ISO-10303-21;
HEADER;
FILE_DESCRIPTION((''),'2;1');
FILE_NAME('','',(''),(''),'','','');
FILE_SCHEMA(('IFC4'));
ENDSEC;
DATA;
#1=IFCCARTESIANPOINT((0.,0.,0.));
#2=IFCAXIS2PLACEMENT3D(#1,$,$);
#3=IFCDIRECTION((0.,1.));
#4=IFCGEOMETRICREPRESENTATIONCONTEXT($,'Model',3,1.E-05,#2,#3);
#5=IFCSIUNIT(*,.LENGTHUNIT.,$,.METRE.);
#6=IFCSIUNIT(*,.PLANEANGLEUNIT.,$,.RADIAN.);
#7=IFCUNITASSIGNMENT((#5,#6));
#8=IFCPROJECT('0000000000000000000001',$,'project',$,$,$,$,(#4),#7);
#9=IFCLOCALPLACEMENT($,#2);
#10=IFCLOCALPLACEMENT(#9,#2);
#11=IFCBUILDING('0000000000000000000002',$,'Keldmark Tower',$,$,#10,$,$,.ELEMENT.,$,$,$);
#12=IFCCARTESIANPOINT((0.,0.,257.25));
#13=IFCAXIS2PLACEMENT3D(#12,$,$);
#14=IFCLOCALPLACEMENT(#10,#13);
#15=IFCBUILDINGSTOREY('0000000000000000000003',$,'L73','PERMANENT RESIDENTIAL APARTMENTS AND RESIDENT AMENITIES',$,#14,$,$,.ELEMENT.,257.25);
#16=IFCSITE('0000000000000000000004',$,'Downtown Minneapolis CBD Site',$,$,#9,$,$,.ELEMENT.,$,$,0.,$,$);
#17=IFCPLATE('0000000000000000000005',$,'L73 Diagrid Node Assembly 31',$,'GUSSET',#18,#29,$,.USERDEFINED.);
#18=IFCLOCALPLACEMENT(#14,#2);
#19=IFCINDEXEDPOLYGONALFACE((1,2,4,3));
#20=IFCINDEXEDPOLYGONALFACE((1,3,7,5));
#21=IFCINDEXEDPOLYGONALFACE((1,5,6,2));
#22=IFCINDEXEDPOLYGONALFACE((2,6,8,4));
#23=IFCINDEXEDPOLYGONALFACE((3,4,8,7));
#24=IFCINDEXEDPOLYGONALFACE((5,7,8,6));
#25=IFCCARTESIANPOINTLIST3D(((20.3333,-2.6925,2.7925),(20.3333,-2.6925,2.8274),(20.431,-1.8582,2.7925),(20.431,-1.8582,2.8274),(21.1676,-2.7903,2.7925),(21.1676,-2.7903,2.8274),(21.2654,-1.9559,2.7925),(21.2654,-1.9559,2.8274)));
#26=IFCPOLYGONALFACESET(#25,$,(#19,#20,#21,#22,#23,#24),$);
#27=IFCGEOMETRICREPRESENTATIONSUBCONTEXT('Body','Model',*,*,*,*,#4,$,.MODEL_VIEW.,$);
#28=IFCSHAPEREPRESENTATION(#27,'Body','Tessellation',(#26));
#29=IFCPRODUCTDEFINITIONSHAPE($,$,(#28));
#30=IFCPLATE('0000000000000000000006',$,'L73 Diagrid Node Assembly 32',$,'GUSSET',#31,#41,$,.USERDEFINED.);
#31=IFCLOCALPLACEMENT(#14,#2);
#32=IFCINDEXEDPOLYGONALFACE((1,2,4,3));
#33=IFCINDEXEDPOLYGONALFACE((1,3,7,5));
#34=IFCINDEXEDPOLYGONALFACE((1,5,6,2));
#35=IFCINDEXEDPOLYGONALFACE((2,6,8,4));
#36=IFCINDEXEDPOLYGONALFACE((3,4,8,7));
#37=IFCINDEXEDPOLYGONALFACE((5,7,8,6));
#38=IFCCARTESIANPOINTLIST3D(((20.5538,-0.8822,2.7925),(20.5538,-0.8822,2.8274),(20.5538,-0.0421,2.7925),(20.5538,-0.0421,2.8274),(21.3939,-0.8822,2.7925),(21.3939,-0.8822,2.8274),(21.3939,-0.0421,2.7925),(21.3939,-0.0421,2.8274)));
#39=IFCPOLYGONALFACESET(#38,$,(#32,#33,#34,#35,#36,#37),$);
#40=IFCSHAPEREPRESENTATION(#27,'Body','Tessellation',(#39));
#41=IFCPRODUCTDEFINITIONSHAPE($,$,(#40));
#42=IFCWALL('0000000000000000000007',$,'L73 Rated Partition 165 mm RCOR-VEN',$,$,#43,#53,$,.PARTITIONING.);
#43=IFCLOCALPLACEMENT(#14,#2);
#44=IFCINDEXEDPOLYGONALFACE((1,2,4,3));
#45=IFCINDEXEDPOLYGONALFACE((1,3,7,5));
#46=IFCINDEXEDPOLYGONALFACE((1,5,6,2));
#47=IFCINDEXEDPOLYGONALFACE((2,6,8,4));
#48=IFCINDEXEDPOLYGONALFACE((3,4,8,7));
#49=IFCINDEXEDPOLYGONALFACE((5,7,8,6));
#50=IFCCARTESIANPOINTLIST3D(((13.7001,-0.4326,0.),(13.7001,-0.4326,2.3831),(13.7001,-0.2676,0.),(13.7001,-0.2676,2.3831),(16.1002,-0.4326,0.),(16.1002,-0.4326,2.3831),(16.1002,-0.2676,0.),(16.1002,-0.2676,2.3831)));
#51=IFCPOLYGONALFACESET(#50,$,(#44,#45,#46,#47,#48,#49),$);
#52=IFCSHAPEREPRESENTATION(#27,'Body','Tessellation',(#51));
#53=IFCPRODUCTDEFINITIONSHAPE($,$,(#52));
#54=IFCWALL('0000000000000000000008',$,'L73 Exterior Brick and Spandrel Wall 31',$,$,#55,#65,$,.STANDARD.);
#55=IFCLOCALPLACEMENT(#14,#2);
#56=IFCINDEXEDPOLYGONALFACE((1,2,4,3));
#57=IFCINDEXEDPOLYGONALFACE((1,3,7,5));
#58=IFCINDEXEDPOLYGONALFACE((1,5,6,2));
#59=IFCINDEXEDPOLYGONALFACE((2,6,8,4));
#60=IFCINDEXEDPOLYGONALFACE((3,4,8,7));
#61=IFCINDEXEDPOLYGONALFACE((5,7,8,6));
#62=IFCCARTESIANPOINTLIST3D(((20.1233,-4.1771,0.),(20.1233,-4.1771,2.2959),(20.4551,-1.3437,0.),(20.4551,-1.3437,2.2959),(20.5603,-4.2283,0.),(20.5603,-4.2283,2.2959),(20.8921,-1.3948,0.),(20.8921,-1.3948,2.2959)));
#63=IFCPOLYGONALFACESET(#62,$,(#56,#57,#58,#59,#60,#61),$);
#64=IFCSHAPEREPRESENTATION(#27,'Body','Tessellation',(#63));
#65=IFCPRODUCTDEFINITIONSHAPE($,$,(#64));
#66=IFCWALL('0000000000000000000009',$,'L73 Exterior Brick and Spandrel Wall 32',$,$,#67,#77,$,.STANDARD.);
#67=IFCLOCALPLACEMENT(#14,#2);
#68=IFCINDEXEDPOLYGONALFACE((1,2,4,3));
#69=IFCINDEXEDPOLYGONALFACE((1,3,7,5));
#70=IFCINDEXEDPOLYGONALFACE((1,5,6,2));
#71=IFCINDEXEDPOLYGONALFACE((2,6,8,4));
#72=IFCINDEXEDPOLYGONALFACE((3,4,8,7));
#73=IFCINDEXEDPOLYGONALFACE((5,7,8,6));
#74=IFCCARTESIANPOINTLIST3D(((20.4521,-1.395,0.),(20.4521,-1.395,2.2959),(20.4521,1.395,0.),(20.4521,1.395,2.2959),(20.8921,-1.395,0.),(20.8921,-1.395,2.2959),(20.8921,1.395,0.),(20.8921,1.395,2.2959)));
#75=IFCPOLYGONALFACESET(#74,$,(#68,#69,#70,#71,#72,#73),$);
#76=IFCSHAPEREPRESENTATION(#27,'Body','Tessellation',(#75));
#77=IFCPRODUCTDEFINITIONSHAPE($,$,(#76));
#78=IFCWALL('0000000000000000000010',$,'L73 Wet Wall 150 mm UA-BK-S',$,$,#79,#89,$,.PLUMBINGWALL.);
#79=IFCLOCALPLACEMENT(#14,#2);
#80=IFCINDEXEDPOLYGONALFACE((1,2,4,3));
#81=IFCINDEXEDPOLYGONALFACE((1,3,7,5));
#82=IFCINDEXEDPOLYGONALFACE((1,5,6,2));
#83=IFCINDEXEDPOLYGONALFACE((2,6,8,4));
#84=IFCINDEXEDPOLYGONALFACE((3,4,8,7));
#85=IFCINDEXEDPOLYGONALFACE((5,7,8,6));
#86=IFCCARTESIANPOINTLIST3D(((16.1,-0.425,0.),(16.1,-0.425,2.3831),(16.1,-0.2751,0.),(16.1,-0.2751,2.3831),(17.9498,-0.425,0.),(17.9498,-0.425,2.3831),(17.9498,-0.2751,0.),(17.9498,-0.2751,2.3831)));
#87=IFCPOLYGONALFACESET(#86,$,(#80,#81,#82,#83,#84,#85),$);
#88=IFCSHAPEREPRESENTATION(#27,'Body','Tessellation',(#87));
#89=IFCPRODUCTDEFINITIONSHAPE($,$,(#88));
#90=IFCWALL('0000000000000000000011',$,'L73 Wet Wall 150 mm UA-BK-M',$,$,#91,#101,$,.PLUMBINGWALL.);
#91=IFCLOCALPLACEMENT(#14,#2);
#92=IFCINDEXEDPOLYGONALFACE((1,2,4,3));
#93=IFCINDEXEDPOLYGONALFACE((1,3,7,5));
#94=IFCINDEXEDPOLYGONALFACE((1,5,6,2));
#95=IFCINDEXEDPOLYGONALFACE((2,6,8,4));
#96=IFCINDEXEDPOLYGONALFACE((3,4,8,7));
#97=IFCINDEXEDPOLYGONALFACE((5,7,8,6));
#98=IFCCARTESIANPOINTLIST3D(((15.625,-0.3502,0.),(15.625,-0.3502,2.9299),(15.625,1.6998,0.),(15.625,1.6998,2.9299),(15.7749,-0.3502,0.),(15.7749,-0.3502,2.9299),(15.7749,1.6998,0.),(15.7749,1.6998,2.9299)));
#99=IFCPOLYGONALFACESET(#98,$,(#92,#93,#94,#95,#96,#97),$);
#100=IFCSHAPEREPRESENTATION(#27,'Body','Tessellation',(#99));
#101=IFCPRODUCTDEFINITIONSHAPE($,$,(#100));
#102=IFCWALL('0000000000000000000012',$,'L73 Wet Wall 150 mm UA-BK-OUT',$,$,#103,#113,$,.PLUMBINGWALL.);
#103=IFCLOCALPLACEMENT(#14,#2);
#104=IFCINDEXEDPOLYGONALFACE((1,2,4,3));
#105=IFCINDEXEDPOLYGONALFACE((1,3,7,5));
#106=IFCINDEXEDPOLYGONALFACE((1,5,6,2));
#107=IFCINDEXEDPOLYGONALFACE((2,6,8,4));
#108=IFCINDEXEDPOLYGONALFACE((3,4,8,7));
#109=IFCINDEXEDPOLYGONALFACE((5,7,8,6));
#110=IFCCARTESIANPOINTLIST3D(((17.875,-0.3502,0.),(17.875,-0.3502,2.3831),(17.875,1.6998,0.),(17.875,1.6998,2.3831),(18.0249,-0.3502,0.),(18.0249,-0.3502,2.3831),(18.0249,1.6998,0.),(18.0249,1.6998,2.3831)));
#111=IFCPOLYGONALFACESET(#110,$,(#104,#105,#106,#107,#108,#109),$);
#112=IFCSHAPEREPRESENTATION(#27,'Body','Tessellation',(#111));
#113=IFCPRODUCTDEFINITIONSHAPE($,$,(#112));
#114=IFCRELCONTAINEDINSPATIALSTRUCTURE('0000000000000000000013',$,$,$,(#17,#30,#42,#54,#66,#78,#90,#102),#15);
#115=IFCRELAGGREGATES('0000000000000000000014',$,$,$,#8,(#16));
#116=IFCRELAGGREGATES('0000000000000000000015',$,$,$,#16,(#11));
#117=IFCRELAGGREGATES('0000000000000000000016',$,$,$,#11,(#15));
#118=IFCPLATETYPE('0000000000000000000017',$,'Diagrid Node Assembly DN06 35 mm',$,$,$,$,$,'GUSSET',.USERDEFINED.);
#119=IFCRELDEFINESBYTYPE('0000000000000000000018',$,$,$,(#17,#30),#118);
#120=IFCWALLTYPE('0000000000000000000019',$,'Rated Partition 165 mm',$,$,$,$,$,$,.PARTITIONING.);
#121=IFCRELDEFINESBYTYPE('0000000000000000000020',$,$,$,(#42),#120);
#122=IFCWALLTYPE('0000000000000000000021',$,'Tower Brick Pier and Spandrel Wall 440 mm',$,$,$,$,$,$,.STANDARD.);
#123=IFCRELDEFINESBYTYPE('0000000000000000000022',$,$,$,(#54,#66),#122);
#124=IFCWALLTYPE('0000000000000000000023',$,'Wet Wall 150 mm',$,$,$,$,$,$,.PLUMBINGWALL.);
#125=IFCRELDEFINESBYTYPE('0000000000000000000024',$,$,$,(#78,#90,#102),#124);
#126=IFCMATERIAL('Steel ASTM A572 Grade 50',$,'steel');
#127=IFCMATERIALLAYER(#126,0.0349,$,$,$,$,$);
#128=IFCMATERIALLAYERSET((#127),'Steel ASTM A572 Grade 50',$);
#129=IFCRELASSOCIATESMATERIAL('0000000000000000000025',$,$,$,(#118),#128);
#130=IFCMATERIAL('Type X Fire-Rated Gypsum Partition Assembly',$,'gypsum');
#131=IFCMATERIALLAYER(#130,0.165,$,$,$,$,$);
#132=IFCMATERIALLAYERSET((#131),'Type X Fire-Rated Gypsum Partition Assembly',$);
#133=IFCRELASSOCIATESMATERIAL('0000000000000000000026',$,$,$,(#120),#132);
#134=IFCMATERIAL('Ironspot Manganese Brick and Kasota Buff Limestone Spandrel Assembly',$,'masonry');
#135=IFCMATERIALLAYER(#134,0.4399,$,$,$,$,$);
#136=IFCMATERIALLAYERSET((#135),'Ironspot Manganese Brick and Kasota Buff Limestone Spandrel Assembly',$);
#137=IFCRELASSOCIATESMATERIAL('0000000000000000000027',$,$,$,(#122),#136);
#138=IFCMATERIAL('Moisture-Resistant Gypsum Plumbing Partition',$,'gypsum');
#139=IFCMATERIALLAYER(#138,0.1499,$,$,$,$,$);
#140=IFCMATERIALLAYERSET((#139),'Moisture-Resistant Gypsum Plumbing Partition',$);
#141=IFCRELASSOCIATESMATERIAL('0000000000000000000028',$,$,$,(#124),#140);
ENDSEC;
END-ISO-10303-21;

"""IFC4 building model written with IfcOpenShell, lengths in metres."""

from ifc_helpers import new_model, si_unit, direction, frame, frame_2d, origin, origin_2d, place, context, subcontext, project, spatial, rectangle, extrude, material, layer, layer_set, type_object, element, save


model = new_model("IFC4")

# Units and contexts
model_context = context("Model", 3, precision=1e-05, world=origin(), true_north=direction((0.0, 1.0)))
body_context = subcontext(model_context, "Body", "Model", "MODEL_VIEW")
ifc_project = project(units=[si_unit("LENGTHUNIT", "METRE"), si_unit("PLANEANGLEUNIT", "RADIAN")], contexts=[model_context])

# Site, building, storey
site_placement = place(None, origin())
site = spatial("IfcSite", under=ifc_project, at=site_placement, Name="Downtown Minneapolis CBD Site", CompositionType="ELEMENT", RefElevation=0.0)
building_placement = place(site_placement, origin())
building = spatial("IfcBuilding", under=site, at=building_placement, Name="Keldmark Tower", CompositionType="ELEMENT")
storey_placement = place(building_placement, frame((0.0, 0.0, 257.25)))
storey = spatial("IfcBuildingStorey", under=building, at=storey_placement, Name="L73", Description="PERMANENT RESIDENTIAL APARTMENTS AND RESIDENT AMENITIES", CompositionType="ELEMENT", Elevation=257.25)

# Plates
ifc_material_1 = material(Name="Steel ASTM A572 Grade 50", Category="steel")
ifc_layer_1 = layer(ifc_material_1, 0.0349)
ifc_layer_set_1 = layer_set([ifc_layer_1], Name="Steel ASTM A572 Grade 50")
plate_type_1 = type_object("IfcPlateType", Name="Diagrid Node Assembly DN06 35 mm", ElementType="GUSSET", PredefinedType="USERDEFINED", material=ifc_layer_set_1)
for number, where, z_axis, x_axis, name in (
    (1, (20.7993, -2.3242, 2.7925), (0.0, 0.0, 1.0), (0.116324, 0.993211, 0.0), "L73 Diagrid Node Assembly 31"),
    (2, (20.9739, -0.4622, 2.7925), (0.0, 0.0, 1.0), (0.0, 1.0, 0.0), "L73 Diagrid Node Assembly 32"),
):
    element("IfcPlate", number, at=place(storey_placement, frame(where, z_axis=z_axis, x_axis=x_axis)), inside=storey, type_object=plate_type_1, Name=name, ObjectType="GUSSET", PredefinedType="USERDEFINED", context=body_context, shape_type="SweptSolid", body=[
        extrude(rectangle(XDim=0.8401, YDim=0.8401, at=origin_2d()), origin(), (0.0, 0.0, 1.0), 0.0349),
    ])

# Shared definitions
ifc_material_2 = material(Name="Type X Fire-Rated Gypsum Partition Assembly", Category="gypsum")
ifc_layer_2 = layer(ifc_material_2, 0.165)
ifc_layer_set_2 = layer_set([ifc_layer_2], Name="Type X Fire-Rated Gypsum Partition Assembly")
wall_type_1 = type_object("IfcWallType", Name="Rated Partition 165 mm", PredefinedType="PARTITIONING", material=ifc_layer_set_2)

# Walls
wall_1_placement = place(storey_placement, frame((13.7, -0.3501, 0.0), z_axis=(0.0, 0.0, 1.0), x_axis=(1.0, 0.0, 0.0)))
element("IfcWall", 3, at=wall_1_placement, inside=storey, type_object=wall_type_1, Name="L73 Rated Partition 165 mm RCOR-VEN", PredefinedType="PARTITIONING", context=body_context, shape_type="SweptSolid", body=[
    extrude(rectangle(XDim=2.4001, YDim=0.165, at=frame_2d((1.2002, 0.0))), origin(), (0.0, 0.0, 1.0), 2.3831),
])
ifc_material_3 = material(Name="Ironspot Manganese Brick and Kasota Buff Limestone Spandrel Assembly", Category="masonry")
ifc_layer_3 = layer(ifc_material_3, 0.4399)
ifc_layer_set_3 = layer_set([ifc_layer_3], Name="Ironspot Manganese Brick and Kasota Buff Limestone Spandrel Assembly")
wall_type_2 = type_object("IfcWallType", Name="Tower Brick Pier and Spandrel Wall 440 mm", PredefinedType="STANDARD", material=ifc_layer_set_3)
wall_2_placement = place(storey_placement, frame((20.6736, -1.3694, 0.0), z_axis=(0.0, 0.0, 1.0), x_axis=(-0.1163, -0.993214, 0.0)))
element("IfcWall", 4, at=wall_2_placement, inside=storey, type_object=wall_type_2, Name="L73 Exterior Brick and Spandrel Wall 31", PredefinedType="STANDARD", context=body_context, shape_type="SweptSolid", body=[
    extrude(rectangle(XDim=2.8528, YDim=0.4399, at=frame_2d((1.4263, 0.0))), origin(), (0.0, 0.0, 1.0), 2.2959),
])
wall_3_placement = place(storey_placement, frame((20.6721, 1.395, 0.0), z_axis=(0.0, 0.0, 1.0), x_axis=(0.0, -1.0, 0.0)))
element("IfcWall", 5, at=wall_3_placement, inside=storey, type_object=wall_type_2, Name="L73 Exterior Brick and Spandrel Wall 32", PredefinedType="STANDARD", context=body_context, shape_type="SweptSolid", body=[
    extrude(rectangle(XDim=2.79, YDim=0.4399, at=frame_2d((1.395, 0.0))), origin(), (0.0, 0.0, 1.0), 2.2959),
])
ifc_material_4 = material(Name="Moisture-Resistant Gypsum Plumbing Partition", Category="gypsum")
ifc_layer_4 = layer(ifc_material_4, 0.1499)
ifc_layer_set_4 = layer_set([ifc_layer_4], Name="Moisture-Resistant Gypsum Plumbing Partition")
wall_type_3 = type_object("IfcWallType", Name="Wet Wall 150 mm", PredefinedType="PLUMBINGWALL", material=ifc_layer_set_4)
wall_4_placement = place(storey_placement, frame((16.1001, -0.3501, 0.0), z_axis=(0.0, 0.0, 1.0), x_axis=(1.0, 0.0, 0.0)))
element("IfcWall", 6, at=wall_4_placement, inside=storey, type_object=wall_type_3, Name="L73 Wet Wall 150 mm UA-BK-S", PredefinedType="PLUMBINGWALL", context=body_context, shape_type="SweptSolid", body=[
    extrude(rectangle(XDim=1.8499, YDim=0.1499, at=frame_2d((0.9248, 0.0))), origin(), (0.0, 0.0, 1.0), 2.3831),
])
wall_5_placement = place(storey_placement, frame((15.7, -0.3501, 0.0), z_axis=(0.0, 0.0, 1.0), x_axis=(0.0, 1.0, 0.0)))
element("IfcWall", 7, at=wall_5_placement, inside=storey, type_object=wall_type_3, Name="L73 Wet Wall 150 mm UA-BK-M", PredefinedType="PLUMBINGWALL", context=body_context, shape_type="SweptSolid", body=[
    extrude(rectangle(XDim=2.05, YDim=0.1499, at=frame_2d((1.0249, 0.0))), origin(), (0.0, 0.0, 1.0), 2.9299),
])
wall_6_placement = place(storey_placement, frame((17.95, -0.3501, 0.0), z_axis=(0.0, 0.0, 1.0), x_axis=(0.0, 1.0, 0.0)))
element("IfcWall", 8, at=wall_6_placement, inside=storey, type_object=wall_type_3, Name="L73 Wet Wall 150 mm UA-BK-OUT", PredefinedType="PLUMBINGWALL", context=body_context, shape_type="SweptSolid", body=[
    extrude(rectangle(XDim=2.05, YDim=0.1499, at=frame_2d((1.0249, 0.0))), origin(), (0.0, 0.0, 1.0), 2.3831),
])

save(model, "model.ifc")
